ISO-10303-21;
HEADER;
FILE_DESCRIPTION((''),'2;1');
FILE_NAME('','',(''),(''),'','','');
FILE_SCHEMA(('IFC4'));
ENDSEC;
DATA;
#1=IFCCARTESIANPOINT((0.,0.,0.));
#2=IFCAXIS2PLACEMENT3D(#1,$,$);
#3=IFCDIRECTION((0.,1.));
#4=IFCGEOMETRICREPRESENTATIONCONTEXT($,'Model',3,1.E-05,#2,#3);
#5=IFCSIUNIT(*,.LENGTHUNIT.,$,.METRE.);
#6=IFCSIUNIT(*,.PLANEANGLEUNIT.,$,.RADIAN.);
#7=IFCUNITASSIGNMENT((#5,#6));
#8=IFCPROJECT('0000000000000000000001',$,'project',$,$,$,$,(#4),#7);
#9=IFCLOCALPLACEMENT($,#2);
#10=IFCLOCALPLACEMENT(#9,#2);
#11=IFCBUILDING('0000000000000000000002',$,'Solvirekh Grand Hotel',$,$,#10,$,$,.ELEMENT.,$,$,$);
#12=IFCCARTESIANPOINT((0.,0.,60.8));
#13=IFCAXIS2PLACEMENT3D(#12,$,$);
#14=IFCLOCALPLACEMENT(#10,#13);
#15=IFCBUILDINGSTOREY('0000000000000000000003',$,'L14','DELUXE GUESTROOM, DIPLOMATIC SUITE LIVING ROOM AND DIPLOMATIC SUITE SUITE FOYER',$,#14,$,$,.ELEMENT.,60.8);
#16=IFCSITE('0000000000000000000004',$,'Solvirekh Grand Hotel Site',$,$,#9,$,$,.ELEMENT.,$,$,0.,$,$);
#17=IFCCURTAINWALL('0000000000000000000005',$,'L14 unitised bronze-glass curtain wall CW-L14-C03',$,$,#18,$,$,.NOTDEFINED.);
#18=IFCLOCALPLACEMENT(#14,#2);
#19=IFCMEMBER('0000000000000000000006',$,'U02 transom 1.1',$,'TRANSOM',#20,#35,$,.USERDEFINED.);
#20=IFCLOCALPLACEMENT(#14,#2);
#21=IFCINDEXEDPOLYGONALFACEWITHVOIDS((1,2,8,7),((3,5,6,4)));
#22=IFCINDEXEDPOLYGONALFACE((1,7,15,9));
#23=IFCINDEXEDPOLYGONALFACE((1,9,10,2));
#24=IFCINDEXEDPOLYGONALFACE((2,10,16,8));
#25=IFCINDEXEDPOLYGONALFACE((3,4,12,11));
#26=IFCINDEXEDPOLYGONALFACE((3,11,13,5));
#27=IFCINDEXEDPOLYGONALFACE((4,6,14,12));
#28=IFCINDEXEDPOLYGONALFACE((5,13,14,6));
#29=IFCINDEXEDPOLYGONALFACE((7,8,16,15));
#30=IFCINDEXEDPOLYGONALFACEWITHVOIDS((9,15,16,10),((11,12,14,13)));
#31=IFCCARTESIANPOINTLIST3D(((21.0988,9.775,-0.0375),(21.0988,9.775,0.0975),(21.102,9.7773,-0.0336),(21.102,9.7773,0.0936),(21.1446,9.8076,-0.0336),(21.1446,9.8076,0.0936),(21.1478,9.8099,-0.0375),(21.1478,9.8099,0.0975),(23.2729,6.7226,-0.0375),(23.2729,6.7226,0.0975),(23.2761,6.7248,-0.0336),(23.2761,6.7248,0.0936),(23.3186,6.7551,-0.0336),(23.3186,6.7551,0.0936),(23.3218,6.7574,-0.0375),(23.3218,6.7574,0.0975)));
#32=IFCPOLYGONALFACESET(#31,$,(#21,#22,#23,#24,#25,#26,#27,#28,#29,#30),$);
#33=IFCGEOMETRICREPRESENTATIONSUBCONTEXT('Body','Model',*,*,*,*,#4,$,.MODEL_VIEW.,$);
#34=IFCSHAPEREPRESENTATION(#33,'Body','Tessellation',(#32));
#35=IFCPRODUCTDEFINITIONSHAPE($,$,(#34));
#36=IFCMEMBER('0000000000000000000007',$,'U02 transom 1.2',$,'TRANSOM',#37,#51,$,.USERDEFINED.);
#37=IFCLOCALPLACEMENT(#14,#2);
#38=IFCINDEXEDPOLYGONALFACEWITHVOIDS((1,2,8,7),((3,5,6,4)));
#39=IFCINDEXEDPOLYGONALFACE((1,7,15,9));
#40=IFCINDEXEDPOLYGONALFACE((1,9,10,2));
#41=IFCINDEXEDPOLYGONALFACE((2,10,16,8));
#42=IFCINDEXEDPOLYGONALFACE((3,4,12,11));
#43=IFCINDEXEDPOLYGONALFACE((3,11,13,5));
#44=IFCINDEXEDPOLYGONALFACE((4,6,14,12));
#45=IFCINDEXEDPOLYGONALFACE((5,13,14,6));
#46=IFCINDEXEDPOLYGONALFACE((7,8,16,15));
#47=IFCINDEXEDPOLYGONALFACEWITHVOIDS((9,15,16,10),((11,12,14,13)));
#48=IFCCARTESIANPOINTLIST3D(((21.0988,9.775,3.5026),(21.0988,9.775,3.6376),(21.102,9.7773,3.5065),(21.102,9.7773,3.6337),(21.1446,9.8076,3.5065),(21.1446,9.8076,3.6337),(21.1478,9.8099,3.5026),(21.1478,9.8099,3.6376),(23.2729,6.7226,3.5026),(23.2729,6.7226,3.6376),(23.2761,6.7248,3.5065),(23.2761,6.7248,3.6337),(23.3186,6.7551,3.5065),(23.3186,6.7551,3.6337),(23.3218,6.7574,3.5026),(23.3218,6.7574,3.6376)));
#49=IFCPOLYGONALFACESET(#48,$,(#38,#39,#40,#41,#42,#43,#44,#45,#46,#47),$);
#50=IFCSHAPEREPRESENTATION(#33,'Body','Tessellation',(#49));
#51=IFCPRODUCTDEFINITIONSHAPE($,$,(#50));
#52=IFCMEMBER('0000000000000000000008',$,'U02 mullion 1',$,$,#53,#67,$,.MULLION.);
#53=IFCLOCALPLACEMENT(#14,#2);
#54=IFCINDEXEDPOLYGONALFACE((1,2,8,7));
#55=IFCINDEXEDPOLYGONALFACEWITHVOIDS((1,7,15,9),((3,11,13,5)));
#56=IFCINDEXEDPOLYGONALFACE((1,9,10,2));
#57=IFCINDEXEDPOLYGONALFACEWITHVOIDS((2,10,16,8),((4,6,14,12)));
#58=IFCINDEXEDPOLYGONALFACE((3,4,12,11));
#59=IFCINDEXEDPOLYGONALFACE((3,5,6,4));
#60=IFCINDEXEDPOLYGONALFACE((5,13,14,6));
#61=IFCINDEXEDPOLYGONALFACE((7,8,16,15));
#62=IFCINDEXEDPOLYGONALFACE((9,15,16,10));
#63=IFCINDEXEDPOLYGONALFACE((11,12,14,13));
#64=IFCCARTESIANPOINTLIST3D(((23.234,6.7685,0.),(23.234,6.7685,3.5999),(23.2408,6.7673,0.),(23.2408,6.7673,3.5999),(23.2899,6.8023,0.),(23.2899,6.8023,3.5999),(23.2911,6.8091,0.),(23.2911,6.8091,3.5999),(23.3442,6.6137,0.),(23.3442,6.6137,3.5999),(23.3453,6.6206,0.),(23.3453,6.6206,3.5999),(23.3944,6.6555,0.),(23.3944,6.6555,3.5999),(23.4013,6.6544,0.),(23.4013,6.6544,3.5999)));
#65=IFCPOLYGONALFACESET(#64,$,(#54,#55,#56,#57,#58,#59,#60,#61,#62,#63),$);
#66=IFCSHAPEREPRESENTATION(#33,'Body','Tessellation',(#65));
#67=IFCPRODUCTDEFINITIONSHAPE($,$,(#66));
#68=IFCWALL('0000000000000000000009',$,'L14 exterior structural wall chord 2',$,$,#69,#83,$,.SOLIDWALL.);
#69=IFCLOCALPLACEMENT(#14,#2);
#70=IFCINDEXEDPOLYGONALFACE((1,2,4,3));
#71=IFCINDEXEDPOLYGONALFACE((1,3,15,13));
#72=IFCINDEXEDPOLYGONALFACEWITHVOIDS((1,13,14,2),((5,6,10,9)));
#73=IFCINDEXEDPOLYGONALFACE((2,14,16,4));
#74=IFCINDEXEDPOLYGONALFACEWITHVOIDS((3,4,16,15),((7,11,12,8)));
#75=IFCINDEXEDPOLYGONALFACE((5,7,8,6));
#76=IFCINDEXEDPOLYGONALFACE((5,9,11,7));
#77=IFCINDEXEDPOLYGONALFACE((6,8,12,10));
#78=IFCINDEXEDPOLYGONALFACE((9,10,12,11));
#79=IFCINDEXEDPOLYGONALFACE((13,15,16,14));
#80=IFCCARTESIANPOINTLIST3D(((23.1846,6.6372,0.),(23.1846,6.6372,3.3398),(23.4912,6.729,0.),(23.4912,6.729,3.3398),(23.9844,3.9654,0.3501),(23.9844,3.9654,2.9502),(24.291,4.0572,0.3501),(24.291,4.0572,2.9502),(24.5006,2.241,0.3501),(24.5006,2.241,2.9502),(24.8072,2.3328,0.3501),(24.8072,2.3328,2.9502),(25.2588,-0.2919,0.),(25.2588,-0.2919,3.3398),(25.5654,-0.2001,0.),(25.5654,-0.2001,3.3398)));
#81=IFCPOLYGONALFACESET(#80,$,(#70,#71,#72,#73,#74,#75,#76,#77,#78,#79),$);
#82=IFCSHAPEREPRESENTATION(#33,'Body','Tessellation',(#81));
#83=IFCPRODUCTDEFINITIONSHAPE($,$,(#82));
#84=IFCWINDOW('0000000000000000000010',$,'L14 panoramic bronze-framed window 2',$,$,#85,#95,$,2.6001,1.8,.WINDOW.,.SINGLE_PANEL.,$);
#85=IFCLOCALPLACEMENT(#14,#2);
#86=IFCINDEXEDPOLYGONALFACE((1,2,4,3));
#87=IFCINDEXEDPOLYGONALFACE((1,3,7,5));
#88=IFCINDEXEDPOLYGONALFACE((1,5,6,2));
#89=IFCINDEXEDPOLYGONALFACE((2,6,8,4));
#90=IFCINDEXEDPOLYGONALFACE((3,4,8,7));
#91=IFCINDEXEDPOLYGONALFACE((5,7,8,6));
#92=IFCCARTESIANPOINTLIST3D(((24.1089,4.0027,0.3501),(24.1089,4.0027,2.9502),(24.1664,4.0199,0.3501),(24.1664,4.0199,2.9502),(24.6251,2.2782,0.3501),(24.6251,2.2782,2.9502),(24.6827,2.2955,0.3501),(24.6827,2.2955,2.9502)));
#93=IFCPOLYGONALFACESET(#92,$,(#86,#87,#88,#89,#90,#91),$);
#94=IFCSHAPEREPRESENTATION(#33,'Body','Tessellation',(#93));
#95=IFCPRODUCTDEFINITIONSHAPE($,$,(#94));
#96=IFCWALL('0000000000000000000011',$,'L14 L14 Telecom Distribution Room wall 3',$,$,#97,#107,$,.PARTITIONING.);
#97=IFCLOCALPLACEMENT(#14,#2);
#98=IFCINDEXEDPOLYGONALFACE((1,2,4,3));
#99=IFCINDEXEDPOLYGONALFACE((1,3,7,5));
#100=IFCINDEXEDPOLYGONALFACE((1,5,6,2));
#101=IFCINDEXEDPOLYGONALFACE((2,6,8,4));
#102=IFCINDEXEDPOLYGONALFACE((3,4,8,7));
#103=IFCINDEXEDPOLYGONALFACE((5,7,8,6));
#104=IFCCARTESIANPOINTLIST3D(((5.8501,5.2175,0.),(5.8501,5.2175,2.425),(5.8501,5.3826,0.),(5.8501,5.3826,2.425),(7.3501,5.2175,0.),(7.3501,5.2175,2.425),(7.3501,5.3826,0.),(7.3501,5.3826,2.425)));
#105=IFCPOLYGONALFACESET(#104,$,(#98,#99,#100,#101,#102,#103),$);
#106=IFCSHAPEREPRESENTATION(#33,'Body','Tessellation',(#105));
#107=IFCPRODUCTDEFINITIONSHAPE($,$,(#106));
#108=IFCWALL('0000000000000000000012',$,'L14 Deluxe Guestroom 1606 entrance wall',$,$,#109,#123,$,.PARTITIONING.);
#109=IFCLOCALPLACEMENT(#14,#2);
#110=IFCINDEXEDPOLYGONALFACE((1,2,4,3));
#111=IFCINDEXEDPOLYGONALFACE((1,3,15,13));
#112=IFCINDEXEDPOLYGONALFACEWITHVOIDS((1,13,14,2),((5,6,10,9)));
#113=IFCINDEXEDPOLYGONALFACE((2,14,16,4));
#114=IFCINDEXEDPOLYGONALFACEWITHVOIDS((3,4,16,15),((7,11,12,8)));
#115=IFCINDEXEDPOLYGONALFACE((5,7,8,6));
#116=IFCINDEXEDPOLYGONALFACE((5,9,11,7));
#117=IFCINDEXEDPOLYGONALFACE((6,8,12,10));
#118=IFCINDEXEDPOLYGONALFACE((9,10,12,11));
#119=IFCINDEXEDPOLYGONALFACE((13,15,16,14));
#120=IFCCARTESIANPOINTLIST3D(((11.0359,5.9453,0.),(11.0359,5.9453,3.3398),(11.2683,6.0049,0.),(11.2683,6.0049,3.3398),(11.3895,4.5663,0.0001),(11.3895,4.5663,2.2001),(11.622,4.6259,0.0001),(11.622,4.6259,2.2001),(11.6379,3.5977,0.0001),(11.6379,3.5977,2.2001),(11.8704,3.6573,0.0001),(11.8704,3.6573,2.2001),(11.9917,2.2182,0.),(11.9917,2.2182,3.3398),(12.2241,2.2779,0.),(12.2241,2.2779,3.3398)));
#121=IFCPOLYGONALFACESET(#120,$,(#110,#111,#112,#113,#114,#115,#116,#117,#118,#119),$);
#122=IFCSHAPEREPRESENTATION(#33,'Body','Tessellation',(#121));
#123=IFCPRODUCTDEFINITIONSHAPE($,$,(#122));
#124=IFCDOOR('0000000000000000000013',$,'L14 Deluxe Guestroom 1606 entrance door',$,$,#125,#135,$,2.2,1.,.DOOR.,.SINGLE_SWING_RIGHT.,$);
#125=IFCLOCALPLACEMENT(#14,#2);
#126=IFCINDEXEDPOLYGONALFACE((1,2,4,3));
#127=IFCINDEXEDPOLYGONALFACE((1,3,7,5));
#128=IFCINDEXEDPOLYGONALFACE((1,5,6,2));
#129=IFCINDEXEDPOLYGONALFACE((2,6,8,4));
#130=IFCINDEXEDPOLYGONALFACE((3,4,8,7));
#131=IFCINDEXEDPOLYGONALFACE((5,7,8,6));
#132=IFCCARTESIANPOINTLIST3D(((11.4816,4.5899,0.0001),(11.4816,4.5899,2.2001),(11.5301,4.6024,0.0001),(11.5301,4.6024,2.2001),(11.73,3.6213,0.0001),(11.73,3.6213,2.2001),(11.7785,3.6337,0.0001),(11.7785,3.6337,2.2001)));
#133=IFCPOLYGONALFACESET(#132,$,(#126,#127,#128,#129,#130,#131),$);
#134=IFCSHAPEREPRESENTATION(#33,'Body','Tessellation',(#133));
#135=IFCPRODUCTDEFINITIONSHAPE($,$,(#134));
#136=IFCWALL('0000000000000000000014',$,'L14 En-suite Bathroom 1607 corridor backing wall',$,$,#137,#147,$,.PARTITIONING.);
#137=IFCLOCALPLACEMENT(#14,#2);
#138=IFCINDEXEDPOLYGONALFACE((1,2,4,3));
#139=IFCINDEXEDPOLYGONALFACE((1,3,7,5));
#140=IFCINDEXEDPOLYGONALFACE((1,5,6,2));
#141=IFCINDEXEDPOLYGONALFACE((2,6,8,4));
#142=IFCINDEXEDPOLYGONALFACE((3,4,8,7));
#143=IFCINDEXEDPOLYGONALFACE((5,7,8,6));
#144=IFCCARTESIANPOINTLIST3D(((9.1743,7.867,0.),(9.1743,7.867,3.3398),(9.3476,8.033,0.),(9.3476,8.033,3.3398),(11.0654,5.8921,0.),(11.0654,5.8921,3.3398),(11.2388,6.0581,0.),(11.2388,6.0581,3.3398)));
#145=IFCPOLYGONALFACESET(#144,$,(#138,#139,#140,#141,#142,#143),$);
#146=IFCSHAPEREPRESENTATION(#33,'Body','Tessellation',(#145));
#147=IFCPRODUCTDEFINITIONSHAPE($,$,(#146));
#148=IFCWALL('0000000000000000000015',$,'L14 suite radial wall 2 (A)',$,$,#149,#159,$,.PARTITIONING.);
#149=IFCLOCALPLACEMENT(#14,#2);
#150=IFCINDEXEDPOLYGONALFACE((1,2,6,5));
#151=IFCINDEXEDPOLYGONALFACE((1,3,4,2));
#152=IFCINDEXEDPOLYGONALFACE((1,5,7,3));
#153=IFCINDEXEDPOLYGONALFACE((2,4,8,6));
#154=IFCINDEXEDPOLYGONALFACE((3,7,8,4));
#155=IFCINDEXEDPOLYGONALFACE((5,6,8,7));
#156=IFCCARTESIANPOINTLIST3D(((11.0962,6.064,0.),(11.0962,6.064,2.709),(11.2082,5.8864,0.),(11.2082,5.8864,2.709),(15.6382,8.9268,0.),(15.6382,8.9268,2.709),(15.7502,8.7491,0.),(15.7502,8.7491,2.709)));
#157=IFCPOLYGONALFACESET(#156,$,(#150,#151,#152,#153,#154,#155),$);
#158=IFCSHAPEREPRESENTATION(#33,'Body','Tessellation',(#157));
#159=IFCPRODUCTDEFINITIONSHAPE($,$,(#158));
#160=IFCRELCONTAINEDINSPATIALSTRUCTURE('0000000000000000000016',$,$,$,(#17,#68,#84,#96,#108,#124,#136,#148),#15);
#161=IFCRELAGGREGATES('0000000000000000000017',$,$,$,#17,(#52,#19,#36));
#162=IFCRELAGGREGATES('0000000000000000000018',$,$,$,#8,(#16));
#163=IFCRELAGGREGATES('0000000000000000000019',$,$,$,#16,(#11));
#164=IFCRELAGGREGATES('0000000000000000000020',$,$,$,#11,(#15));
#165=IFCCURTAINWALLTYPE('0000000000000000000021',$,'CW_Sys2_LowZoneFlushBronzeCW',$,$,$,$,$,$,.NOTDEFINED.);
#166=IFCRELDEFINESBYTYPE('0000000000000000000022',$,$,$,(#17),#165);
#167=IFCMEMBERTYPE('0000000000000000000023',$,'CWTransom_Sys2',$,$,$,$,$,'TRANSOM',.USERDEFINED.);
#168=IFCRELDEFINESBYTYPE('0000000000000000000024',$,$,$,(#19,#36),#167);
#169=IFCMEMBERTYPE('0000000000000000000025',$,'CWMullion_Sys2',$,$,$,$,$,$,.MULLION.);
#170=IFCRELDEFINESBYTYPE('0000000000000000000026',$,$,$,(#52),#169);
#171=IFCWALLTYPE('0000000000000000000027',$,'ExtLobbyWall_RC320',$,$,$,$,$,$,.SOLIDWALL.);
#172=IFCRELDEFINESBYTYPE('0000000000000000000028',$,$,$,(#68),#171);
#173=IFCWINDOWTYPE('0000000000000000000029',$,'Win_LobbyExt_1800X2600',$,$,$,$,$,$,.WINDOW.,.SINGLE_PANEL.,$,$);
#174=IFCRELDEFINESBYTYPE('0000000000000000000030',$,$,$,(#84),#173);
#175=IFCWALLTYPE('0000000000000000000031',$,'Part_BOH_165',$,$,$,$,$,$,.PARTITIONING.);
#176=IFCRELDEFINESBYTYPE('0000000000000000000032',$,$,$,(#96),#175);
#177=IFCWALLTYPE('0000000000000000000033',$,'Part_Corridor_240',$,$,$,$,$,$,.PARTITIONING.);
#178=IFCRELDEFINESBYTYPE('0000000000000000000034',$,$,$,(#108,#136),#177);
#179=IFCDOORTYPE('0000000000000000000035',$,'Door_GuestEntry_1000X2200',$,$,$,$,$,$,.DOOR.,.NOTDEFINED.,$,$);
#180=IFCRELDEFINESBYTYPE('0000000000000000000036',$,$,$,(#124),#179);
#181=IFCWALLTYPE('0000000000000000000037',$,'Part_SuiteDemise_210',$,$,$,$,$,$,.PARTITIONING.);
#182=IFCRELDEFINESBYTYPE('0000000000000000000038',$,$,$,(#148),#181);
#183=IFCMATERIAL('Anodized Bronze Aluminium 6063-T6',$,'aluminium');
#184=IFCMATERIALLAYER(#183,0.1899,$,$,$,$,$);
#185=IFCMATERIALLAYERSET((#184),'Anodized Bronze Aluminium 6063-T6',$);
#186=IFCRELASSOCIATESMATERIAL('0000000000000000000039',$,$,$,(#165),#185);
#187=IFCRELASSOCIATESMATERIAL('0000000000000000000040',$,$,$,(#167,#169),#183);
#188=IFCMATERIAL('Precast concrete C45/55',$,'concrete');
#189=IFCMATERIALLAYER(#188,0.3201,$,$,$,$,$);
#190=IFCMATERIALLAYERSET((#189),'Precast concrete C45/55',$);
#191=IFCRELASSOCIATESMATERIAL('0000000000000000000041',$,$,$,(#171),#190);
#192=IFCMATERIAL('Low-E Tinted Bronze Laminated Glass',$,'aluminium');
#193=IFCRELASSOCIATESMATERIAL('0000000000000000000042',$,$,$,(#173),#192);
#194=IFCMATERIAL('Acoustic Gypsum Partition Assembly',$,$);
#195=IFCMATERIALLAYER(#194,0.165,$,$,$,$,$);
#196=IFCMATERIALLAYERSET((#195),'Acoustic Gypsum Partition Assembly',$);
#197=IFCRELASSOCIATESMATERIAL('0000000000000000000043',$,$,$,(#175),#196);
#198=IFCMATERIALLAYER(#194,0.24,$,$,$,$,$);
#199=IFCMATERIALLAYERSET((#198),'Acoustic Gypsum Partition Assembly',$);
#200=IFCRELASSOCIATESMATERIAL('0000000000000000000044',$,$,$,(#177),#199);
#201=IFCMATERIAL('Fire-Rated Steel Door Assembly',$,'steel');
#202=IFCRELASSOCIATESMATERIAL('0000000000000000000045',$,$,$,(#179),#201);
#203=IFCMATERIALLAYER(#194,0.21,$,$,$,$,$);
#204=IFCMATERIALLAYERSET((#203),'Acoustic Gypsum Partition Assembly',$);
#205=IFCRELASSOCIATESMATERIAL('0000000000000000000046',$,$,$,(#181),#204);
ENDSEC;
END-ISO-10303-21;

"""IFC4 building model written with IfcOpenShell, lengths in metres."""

from ifc_helpers import new_model, si_unit, direction, frame, frame_2d, origin, origin_2d, place, context, subcontext, project, spatial, rectangle, hollow_rectangle, extrude, source, transform, mapped, material, layer, layer_set, material_profile, profile_set, type_object, element, fill, aggregate, save


model = new_model("IFC4")

# Units and contexts
model_context = context("Model", 3, precision=1e-05, world=origin(), true_north=direction((0.0, 1.0)))
body_context = subcontext(model_context, "Body", "Model", "MODEL_VIEW")
ifc_project = project(units=[si_unit("LENGTHUNIT", "METRE"), si_unit("PLANEANGLEUNIT", "RADIAN")], contexts=[model_context])

# Site, building, storey
site_placement = place(None, origin())
site = spatial("IfcSite", under=ifc_project, at=site_placement, Name="Solvirekh Grand Hotel Site", CompositionType="ELEMENT", RefElevation=0.0)
building_placement = place(site_placement, origin())
building = spatial("IfcBuilding", under=site, at=building_placement, Name="Solvirekh Grand Hotel", CompositionType="ELEMENT")
storey_placement = place(building_placement, frame((0.0, 0.0, 60.8)))
storey = spatial("IfcBuildingStorey", under=building, at=storey_placement, Name="L14", Description="DELUXE GUESTROOM, DIPLOMATIC SUITE LIVING ROOM AND DIPLOMATIC SUITE SUITE FOYER", CompositionType="ELEMENT", Elevation=60.8)

# Curtain wall, members
ifc_material_1 = material(Name="Anodized Bronze Aluminium 6063-T6", Category="aluminium")
ifc_layer_1 = layer(ifc_material_1, 0.1899)
ifc_layer_set_1 = layer_set([ifc_layer_1], Name="Anodized Bronze Aluminium 6063-T6")
curtain_wall_type = type_object("IfcCurtainWallType", Name="CW_Sys2_LowZoneFlushBronzeCW", PredefinedType="NOTDEFINED", material=ifc_layer_set_1)
curtain_wall_placement = place(storey_placement, origin())
curtain_wall = element("IfcCurtainWall", 1, at=curtain_wall_placement, inside=storey, type_object=curtain_wall_type, Name="L14 unitised bronze-glass curtain wall CW-L14-C03", PredefinedType="NOTDEFINED")
ifc_material_profile_1 = material_profile(ifc_material_1, hollow_rectangle(XDim=0.0601, YDim=0.135, WallThickness=0.0039, at=origin_2d()), Name="ALU RHS 135X60X4")
ifc_profile_set_1 = profile_set([ifc_material_profile_1], Name="Anodized Bronze Aluminium 6063-T6")
member_type_1 = type_object("IfcMemberType", Name="CWTransom_Sys2", ElementType="TRANSOM", PredefinedType="USERDEFINED", material=ifc_profile_set_1)
shared_shape_1 = source(origin(), body_context, "Body", "SweptSolid", [
    extrude(hollow_rectangle(XDim=0.0601, YDim=0.135, WallThickness=0.0039, at=origin_2d()), origin(), (0.0, 0.0, 1.0), 3.7476),
])
member_1_placement = place(storey_placement, frame((23.2974, 6.74, 0.03), z_axis=(-0.580128, 0.814525, 0.0), x_axis=(-0.814525, -0.580128, 0.0)))
member_1 = element("IfcMember", 2, at=member_1_placement, type_object=member_type_1, Name="U02 transom 1.1", ObjectType="TRANSOM", PredefinedType="USERDEFINED", context=body_context, shape_type="MappedRepresentation", body=[
    mapped(shared_shape_1, transform((0.0, 0.0, 0.0), x_axis=(1.0, 0.0, 0.0), y_axis=(0.0, 1.0, 0.0), z_axis=(0.0, 0.0, 1.0), scale=1.0)),
])
member_2_placement = place(storey_placement, frame((23.2974, 6.74, 3.5701), z_axis=(-0.580128, 0.814525, 0.0), x_axis=(-0.814525, -0.580128, 0.0)))
member_2 = element("IfcMember", 3, at=member_2_placement, type_object=member_type_1, Name="U02 transom 1.2", ObjectType="TRANSOM", PredefinedType="USERDEFINED", context=body_context, shape_type="MappedRepresentation", body=[
    mapped(shared_shape_1, transform((0.0, 0.0, 0.0), x_axis=(1.0, 0.0, 0.0), y_axis=(0.0, 1.0, 0.0), z_axis=(0.0, 0.0, 1.0), scale=1.0)),
])
ifc_material_profile_2 = material_profile(ifc_material_1, hollow_rectangle(XDim=0.0701, YDim=0.1899, WallThickness=0.0049, at=origin_2d()), Name="ALU RHS 190X70X5")
ifc_profile_set_2 = profile_set([ifc_material_profile_2], Name="Anodized Bronze Aluminium 6063-T6")
member_type_2 = type_object("IfcMemberType", Name="CWMullion_Sys2", PredefinedType="MULLION", material=ifc_profile_set_2)
shared_shape_2 = source(origin(), body_context, "Body", "SweptSolid", [
    extrude(hollow_rectangle(XDim=0.0701, YDim=0.1899, WallThickness=0.0049, at=origin_2d()), origin(), (0.0, 0.0, 1.0), 3.5999),
])
member_3_placement = place(storey_placement, frame((23.3176, 6.7114, 0.0), z_axis=(0.0, 0.0, 1.0), x_axis=(-0.814522, -0.580133, 0.0)))
member_3 = element("IfcMember", 4, at=member_3_placement, type_object=member_type_2, Name="U02 mullion 1", PredefinedType="MULLION", context=body_context, shape_type="MappedRepresentation", body=[
    mapped(shared_shape_2, transform((0.0, 0.0, 0.0), x_axis=(1.0, 0.0, 0.0), y_axis=(0.0, 1.0, 0.0), z_axis=(0.0, 0.0, 1.0), scale=1.0)),
])
aggregate(curtain_wall, [member_3, member_1, member_2])

# Wall, opening, window
ifc_material_2 = material(Name="Precast concrete C45/55", Category="concrete")
ifc_layer_2 = layer(ifc_material_2, 0.3201)
ifc_layer_set_2 = layer_set([ifc_layer_2], Name="Precast concrete C45/55")
wall_type_1 = type_object("IfcWallType", Name="ExtLobbyWall_RC320", PredefinedType="SOLIDWALL", material=ifc_layer_set_2)
wall_1_placement = place(storey_placement, frame((23.3379, 6.6831, 0.0), z_axis=(0.0, 0.0, 1.0), x_axis=(0.286772, -0.957999, 0.0)))
wall_1 = element("IfcWall", 5, at=wall_1_placement, inside=storey, type_object=wall_type_1, Name="L14 exterior structural wall chord 2", PredefinedType="SOLIDWALL", context=body_context, shape_type="SweptSolid", body=[
    extrude(rectangle(XDim=7.2329, YDim=0.3201, at=frame_2d((3.6165, 0.0))), origin(), (0.0, 0.0, 1.0), 3.3398),
])
opening_1_placement = place(wall_1_placement, frame((2.7891, 0.0, 0.3501)))
opening_1 = element("IfcOpeningElement", 6, at=opening_1_placement, cuts=wall_1, PredefinedType="OPENING", context=body_context, shape_type="SweptSolid", body=[
    extrude(rectangle(XDim=1.8, YDim=2.6001, at=frame_2d((0.8999, 1.3))), frame((0.0, 0.1699, 0.0), z_axis=(0.0, -1.0, 0.0), x_axis=(1.0, 0.0, 0.0)), (0.0, 0.0, 1.0), 0.3401),
])
ifc_material_3 = material(Name="Low-E Tinted Bronze Laminated Glass", Category="aluminium")
window_type = type_object("IfcWindowType", Name="Win_LobbyExt_1800X2600", PartitioningType="SINGLE_PANEL", PredefinedType="WINDOW", material=ifc_material_3)
window_placement = place(opening_1_placement, origin())
window = element("IfcWindow", 7, at=window_placement, inside=storey, type_object=window_type, Name="L14 panoramic bronze-framed window 2", OverallHeight=2.6001, OverallWidth=1.8, PartitioningType="SINGLE_PANEL", PredefinedType="WINDOW", context=body_context, shape_type="SweptSolid", body=[
    extrude(rectangle(XDim=1.8, YDim=2.6001, at=frame_2d((0.8999, 1.3))), frame((0.0, 0.03, 0.0), z_axis=(0.0, -1.0, 0.0), x_axis=(1.0, 0.0, 0.0)), (0.0, 0.0, 1.0), 0.0601),
])
fill(opening_1, window)

# Shared definitions
ifc_material_4 = material(Name="Acoustic Gypsum Partition Assembly")
ifc_layer_3 = layer(ifc_material_4, 0.165)
ifc_layer_set_3 = layer_set([ifc_layer_3], Name="Acoustic Gypsum Partition Assembly")
wall_type_2 = type_object("IfcWallType", Name="Part_BOH_165", PredefinedType="PARTITIONING", material=ifc_layer_set_3)
ifc_material_5 = material(Name="Fire-Rated Steel Door Assembly", Category="steel")

# Wall
wall_2_placement = place(storey_placement, frame((7.3501, 5.3, 0.0), z_axis=(0.0, 0.0, 1.0), x_axis=(-1.0, 0.0, 0.0)))
element("IfcWall", 8, at=wall_2_placement, inside=storey, type_object=wall_type_2, Name="L14 L14 Telecom Distribution Room wall 3", PredefinedType="PARTITIONING", context=body_context, shape_type="SweptSolid", body=[
    extrude(rectangle(XDim=1.5, YDim=0.165, at=frame_2d((0.75, 0.0))), origin(), (0.0, 0.0, 1.0), 2.425),
])

# Wall, opening, door
ifc_layer_4 = layer(ifc_material_4, 0.24)
ifc_layer_set_4 = layer_set([ifc_layer_4], Name="Acoustic Gypsum Partition Assembly")
wall_type_3 = type_object("IfcWallType", Name="Part_Corridor_240", PredefinedType="PARTITIONING", material=ifc_layer_set_4)
wall_3_placement = place(storey_placement, frame((12.1079, 2.248, 0.0), z_axis=(0.0, 0.0, 1.0), x_axis=(-0.248414, 0.968654, 0.0)))
wall_3 = element("IfcWall", 9, at=wall_3_placement, inside=storey, type_object=wall_type_3, Name="L14 Deluxe Guestroom 1606 entrance wall", PredefinedType="PARTITIONING", context=body_context, shape_type="SweptSolid", body=[
    extrude(rectangle(XDim=3.8477, YDim=0.24, at=frame_2d((1.9238, 0.0))), origin(), (0.0, 0.0, 1.0), 3.3398),
])
opening_2_placement = place(wall_3_placement, frame((1.4241, 0.0, 0.0)))
opening_2 = element("IfcOpeningElement", 10, at=opening_2_placement, cuts=wall_3, PredefinedType="OPENING", context=body_context, shape_type="SweptSolid", body=[
    extrude(rectangle(XDim=1.0, YDim=2.2, at=frame_2d((0.5, 1.1001))), frame((0.0, 0.1299, 0.0), z_axis=(0.0, -1.0, 0.0), x_axis=(1.0, 0.0, 0.0)), (0.0, 0.0, 1.0), 0.26),
])
door_type_1 = type_object("IfcDoorType", Name="Door_GuestEntry_1000X2200", OperationType="NOTDEFINED", PredefinedType="DOOR", material=ifc_material_5)
door_1_placement = place(opening_2_placement, origin())
door_1 = element("IfcDoor", 11, at=door_1_placement, inside=storey, type_object=door_type_1, Name="L14 Deluxe Guestroom 1606 entrance door", OperationType="SINGLE_SWING_RIGHT", OverallHeight=2.2, OverallWidth=1.0, PredefinedType="DOOR", context=body_context, shape_type="SweptSolid", body=[
    extrude(rectangle(XDim=1.0, YDim=2.2, at=frame_2d((0.5, 1.1001))), frame((0.0, 0.0249, 0.0), z_axis=(0.0, -1.0, 0.0), x_axis=(1.0, 0.0, 0.0)), (0.0, 0.0, 1.0), 0.05),
])
fill(opening_2, door_1)

# Walls
wall_4_placement = place(storey_placement, frame((11.1521, 5.9751, 0.0), z_axis=(0.0, 0.0, 1.0), x_axis=(-0.691628, 0.722254, 0.0)))
element("IfcWall", 12, at=wall_4_placement, inside=storey, type_object=wall_type_3, Name="L14 En-suite Bathroom 1607 corridor backing wall", PredefinedType="PARTITIONING", context=body_context, shape_type="SweptSolid", body=[
    extrude(rectangle(XDim=2.7344, YDim=0.24, at=frame_2d((1.3672, 0.0))), origin(), (0.0, 0.0, 1.0), 3.3398),
])
ifc_layer_5 = layer(ifc_material_4, 0.21)
ifc_layer_set_5 = layer_set([ifc_layer_5], Name="Acoustic Gypsum Partition Assembly")
wall_type_4 = type_object("IfcWallType", Name="Part_SuiteDemise_210", PredefinedType="PARTITIONING", material=ifc_layer_set_5)
wall_5_placement = place(storey_placement, frame((11.1521, 5.9751, 0.0), z_axis=(0.0, 0.0, 1.0), x_axis=(0.845979, 0.533216, 0.0)))
element("IfcWall", 13, at=wall_5_placement, inside=storey, type_object=wall_type_4, Name="L14 suite radial wall 2 (A)", PredefinedType="PARTITIONING", context=body_context, shape_type="SweptSolid", body=[
    extrude(rectangle(XDim=5.3689, YDim=0.21, at=frame_2d((2.6846, 0.0))), origin(), (0.0, 0.0, 1.0), 2.709),
])

save(model, "model.ifc")
